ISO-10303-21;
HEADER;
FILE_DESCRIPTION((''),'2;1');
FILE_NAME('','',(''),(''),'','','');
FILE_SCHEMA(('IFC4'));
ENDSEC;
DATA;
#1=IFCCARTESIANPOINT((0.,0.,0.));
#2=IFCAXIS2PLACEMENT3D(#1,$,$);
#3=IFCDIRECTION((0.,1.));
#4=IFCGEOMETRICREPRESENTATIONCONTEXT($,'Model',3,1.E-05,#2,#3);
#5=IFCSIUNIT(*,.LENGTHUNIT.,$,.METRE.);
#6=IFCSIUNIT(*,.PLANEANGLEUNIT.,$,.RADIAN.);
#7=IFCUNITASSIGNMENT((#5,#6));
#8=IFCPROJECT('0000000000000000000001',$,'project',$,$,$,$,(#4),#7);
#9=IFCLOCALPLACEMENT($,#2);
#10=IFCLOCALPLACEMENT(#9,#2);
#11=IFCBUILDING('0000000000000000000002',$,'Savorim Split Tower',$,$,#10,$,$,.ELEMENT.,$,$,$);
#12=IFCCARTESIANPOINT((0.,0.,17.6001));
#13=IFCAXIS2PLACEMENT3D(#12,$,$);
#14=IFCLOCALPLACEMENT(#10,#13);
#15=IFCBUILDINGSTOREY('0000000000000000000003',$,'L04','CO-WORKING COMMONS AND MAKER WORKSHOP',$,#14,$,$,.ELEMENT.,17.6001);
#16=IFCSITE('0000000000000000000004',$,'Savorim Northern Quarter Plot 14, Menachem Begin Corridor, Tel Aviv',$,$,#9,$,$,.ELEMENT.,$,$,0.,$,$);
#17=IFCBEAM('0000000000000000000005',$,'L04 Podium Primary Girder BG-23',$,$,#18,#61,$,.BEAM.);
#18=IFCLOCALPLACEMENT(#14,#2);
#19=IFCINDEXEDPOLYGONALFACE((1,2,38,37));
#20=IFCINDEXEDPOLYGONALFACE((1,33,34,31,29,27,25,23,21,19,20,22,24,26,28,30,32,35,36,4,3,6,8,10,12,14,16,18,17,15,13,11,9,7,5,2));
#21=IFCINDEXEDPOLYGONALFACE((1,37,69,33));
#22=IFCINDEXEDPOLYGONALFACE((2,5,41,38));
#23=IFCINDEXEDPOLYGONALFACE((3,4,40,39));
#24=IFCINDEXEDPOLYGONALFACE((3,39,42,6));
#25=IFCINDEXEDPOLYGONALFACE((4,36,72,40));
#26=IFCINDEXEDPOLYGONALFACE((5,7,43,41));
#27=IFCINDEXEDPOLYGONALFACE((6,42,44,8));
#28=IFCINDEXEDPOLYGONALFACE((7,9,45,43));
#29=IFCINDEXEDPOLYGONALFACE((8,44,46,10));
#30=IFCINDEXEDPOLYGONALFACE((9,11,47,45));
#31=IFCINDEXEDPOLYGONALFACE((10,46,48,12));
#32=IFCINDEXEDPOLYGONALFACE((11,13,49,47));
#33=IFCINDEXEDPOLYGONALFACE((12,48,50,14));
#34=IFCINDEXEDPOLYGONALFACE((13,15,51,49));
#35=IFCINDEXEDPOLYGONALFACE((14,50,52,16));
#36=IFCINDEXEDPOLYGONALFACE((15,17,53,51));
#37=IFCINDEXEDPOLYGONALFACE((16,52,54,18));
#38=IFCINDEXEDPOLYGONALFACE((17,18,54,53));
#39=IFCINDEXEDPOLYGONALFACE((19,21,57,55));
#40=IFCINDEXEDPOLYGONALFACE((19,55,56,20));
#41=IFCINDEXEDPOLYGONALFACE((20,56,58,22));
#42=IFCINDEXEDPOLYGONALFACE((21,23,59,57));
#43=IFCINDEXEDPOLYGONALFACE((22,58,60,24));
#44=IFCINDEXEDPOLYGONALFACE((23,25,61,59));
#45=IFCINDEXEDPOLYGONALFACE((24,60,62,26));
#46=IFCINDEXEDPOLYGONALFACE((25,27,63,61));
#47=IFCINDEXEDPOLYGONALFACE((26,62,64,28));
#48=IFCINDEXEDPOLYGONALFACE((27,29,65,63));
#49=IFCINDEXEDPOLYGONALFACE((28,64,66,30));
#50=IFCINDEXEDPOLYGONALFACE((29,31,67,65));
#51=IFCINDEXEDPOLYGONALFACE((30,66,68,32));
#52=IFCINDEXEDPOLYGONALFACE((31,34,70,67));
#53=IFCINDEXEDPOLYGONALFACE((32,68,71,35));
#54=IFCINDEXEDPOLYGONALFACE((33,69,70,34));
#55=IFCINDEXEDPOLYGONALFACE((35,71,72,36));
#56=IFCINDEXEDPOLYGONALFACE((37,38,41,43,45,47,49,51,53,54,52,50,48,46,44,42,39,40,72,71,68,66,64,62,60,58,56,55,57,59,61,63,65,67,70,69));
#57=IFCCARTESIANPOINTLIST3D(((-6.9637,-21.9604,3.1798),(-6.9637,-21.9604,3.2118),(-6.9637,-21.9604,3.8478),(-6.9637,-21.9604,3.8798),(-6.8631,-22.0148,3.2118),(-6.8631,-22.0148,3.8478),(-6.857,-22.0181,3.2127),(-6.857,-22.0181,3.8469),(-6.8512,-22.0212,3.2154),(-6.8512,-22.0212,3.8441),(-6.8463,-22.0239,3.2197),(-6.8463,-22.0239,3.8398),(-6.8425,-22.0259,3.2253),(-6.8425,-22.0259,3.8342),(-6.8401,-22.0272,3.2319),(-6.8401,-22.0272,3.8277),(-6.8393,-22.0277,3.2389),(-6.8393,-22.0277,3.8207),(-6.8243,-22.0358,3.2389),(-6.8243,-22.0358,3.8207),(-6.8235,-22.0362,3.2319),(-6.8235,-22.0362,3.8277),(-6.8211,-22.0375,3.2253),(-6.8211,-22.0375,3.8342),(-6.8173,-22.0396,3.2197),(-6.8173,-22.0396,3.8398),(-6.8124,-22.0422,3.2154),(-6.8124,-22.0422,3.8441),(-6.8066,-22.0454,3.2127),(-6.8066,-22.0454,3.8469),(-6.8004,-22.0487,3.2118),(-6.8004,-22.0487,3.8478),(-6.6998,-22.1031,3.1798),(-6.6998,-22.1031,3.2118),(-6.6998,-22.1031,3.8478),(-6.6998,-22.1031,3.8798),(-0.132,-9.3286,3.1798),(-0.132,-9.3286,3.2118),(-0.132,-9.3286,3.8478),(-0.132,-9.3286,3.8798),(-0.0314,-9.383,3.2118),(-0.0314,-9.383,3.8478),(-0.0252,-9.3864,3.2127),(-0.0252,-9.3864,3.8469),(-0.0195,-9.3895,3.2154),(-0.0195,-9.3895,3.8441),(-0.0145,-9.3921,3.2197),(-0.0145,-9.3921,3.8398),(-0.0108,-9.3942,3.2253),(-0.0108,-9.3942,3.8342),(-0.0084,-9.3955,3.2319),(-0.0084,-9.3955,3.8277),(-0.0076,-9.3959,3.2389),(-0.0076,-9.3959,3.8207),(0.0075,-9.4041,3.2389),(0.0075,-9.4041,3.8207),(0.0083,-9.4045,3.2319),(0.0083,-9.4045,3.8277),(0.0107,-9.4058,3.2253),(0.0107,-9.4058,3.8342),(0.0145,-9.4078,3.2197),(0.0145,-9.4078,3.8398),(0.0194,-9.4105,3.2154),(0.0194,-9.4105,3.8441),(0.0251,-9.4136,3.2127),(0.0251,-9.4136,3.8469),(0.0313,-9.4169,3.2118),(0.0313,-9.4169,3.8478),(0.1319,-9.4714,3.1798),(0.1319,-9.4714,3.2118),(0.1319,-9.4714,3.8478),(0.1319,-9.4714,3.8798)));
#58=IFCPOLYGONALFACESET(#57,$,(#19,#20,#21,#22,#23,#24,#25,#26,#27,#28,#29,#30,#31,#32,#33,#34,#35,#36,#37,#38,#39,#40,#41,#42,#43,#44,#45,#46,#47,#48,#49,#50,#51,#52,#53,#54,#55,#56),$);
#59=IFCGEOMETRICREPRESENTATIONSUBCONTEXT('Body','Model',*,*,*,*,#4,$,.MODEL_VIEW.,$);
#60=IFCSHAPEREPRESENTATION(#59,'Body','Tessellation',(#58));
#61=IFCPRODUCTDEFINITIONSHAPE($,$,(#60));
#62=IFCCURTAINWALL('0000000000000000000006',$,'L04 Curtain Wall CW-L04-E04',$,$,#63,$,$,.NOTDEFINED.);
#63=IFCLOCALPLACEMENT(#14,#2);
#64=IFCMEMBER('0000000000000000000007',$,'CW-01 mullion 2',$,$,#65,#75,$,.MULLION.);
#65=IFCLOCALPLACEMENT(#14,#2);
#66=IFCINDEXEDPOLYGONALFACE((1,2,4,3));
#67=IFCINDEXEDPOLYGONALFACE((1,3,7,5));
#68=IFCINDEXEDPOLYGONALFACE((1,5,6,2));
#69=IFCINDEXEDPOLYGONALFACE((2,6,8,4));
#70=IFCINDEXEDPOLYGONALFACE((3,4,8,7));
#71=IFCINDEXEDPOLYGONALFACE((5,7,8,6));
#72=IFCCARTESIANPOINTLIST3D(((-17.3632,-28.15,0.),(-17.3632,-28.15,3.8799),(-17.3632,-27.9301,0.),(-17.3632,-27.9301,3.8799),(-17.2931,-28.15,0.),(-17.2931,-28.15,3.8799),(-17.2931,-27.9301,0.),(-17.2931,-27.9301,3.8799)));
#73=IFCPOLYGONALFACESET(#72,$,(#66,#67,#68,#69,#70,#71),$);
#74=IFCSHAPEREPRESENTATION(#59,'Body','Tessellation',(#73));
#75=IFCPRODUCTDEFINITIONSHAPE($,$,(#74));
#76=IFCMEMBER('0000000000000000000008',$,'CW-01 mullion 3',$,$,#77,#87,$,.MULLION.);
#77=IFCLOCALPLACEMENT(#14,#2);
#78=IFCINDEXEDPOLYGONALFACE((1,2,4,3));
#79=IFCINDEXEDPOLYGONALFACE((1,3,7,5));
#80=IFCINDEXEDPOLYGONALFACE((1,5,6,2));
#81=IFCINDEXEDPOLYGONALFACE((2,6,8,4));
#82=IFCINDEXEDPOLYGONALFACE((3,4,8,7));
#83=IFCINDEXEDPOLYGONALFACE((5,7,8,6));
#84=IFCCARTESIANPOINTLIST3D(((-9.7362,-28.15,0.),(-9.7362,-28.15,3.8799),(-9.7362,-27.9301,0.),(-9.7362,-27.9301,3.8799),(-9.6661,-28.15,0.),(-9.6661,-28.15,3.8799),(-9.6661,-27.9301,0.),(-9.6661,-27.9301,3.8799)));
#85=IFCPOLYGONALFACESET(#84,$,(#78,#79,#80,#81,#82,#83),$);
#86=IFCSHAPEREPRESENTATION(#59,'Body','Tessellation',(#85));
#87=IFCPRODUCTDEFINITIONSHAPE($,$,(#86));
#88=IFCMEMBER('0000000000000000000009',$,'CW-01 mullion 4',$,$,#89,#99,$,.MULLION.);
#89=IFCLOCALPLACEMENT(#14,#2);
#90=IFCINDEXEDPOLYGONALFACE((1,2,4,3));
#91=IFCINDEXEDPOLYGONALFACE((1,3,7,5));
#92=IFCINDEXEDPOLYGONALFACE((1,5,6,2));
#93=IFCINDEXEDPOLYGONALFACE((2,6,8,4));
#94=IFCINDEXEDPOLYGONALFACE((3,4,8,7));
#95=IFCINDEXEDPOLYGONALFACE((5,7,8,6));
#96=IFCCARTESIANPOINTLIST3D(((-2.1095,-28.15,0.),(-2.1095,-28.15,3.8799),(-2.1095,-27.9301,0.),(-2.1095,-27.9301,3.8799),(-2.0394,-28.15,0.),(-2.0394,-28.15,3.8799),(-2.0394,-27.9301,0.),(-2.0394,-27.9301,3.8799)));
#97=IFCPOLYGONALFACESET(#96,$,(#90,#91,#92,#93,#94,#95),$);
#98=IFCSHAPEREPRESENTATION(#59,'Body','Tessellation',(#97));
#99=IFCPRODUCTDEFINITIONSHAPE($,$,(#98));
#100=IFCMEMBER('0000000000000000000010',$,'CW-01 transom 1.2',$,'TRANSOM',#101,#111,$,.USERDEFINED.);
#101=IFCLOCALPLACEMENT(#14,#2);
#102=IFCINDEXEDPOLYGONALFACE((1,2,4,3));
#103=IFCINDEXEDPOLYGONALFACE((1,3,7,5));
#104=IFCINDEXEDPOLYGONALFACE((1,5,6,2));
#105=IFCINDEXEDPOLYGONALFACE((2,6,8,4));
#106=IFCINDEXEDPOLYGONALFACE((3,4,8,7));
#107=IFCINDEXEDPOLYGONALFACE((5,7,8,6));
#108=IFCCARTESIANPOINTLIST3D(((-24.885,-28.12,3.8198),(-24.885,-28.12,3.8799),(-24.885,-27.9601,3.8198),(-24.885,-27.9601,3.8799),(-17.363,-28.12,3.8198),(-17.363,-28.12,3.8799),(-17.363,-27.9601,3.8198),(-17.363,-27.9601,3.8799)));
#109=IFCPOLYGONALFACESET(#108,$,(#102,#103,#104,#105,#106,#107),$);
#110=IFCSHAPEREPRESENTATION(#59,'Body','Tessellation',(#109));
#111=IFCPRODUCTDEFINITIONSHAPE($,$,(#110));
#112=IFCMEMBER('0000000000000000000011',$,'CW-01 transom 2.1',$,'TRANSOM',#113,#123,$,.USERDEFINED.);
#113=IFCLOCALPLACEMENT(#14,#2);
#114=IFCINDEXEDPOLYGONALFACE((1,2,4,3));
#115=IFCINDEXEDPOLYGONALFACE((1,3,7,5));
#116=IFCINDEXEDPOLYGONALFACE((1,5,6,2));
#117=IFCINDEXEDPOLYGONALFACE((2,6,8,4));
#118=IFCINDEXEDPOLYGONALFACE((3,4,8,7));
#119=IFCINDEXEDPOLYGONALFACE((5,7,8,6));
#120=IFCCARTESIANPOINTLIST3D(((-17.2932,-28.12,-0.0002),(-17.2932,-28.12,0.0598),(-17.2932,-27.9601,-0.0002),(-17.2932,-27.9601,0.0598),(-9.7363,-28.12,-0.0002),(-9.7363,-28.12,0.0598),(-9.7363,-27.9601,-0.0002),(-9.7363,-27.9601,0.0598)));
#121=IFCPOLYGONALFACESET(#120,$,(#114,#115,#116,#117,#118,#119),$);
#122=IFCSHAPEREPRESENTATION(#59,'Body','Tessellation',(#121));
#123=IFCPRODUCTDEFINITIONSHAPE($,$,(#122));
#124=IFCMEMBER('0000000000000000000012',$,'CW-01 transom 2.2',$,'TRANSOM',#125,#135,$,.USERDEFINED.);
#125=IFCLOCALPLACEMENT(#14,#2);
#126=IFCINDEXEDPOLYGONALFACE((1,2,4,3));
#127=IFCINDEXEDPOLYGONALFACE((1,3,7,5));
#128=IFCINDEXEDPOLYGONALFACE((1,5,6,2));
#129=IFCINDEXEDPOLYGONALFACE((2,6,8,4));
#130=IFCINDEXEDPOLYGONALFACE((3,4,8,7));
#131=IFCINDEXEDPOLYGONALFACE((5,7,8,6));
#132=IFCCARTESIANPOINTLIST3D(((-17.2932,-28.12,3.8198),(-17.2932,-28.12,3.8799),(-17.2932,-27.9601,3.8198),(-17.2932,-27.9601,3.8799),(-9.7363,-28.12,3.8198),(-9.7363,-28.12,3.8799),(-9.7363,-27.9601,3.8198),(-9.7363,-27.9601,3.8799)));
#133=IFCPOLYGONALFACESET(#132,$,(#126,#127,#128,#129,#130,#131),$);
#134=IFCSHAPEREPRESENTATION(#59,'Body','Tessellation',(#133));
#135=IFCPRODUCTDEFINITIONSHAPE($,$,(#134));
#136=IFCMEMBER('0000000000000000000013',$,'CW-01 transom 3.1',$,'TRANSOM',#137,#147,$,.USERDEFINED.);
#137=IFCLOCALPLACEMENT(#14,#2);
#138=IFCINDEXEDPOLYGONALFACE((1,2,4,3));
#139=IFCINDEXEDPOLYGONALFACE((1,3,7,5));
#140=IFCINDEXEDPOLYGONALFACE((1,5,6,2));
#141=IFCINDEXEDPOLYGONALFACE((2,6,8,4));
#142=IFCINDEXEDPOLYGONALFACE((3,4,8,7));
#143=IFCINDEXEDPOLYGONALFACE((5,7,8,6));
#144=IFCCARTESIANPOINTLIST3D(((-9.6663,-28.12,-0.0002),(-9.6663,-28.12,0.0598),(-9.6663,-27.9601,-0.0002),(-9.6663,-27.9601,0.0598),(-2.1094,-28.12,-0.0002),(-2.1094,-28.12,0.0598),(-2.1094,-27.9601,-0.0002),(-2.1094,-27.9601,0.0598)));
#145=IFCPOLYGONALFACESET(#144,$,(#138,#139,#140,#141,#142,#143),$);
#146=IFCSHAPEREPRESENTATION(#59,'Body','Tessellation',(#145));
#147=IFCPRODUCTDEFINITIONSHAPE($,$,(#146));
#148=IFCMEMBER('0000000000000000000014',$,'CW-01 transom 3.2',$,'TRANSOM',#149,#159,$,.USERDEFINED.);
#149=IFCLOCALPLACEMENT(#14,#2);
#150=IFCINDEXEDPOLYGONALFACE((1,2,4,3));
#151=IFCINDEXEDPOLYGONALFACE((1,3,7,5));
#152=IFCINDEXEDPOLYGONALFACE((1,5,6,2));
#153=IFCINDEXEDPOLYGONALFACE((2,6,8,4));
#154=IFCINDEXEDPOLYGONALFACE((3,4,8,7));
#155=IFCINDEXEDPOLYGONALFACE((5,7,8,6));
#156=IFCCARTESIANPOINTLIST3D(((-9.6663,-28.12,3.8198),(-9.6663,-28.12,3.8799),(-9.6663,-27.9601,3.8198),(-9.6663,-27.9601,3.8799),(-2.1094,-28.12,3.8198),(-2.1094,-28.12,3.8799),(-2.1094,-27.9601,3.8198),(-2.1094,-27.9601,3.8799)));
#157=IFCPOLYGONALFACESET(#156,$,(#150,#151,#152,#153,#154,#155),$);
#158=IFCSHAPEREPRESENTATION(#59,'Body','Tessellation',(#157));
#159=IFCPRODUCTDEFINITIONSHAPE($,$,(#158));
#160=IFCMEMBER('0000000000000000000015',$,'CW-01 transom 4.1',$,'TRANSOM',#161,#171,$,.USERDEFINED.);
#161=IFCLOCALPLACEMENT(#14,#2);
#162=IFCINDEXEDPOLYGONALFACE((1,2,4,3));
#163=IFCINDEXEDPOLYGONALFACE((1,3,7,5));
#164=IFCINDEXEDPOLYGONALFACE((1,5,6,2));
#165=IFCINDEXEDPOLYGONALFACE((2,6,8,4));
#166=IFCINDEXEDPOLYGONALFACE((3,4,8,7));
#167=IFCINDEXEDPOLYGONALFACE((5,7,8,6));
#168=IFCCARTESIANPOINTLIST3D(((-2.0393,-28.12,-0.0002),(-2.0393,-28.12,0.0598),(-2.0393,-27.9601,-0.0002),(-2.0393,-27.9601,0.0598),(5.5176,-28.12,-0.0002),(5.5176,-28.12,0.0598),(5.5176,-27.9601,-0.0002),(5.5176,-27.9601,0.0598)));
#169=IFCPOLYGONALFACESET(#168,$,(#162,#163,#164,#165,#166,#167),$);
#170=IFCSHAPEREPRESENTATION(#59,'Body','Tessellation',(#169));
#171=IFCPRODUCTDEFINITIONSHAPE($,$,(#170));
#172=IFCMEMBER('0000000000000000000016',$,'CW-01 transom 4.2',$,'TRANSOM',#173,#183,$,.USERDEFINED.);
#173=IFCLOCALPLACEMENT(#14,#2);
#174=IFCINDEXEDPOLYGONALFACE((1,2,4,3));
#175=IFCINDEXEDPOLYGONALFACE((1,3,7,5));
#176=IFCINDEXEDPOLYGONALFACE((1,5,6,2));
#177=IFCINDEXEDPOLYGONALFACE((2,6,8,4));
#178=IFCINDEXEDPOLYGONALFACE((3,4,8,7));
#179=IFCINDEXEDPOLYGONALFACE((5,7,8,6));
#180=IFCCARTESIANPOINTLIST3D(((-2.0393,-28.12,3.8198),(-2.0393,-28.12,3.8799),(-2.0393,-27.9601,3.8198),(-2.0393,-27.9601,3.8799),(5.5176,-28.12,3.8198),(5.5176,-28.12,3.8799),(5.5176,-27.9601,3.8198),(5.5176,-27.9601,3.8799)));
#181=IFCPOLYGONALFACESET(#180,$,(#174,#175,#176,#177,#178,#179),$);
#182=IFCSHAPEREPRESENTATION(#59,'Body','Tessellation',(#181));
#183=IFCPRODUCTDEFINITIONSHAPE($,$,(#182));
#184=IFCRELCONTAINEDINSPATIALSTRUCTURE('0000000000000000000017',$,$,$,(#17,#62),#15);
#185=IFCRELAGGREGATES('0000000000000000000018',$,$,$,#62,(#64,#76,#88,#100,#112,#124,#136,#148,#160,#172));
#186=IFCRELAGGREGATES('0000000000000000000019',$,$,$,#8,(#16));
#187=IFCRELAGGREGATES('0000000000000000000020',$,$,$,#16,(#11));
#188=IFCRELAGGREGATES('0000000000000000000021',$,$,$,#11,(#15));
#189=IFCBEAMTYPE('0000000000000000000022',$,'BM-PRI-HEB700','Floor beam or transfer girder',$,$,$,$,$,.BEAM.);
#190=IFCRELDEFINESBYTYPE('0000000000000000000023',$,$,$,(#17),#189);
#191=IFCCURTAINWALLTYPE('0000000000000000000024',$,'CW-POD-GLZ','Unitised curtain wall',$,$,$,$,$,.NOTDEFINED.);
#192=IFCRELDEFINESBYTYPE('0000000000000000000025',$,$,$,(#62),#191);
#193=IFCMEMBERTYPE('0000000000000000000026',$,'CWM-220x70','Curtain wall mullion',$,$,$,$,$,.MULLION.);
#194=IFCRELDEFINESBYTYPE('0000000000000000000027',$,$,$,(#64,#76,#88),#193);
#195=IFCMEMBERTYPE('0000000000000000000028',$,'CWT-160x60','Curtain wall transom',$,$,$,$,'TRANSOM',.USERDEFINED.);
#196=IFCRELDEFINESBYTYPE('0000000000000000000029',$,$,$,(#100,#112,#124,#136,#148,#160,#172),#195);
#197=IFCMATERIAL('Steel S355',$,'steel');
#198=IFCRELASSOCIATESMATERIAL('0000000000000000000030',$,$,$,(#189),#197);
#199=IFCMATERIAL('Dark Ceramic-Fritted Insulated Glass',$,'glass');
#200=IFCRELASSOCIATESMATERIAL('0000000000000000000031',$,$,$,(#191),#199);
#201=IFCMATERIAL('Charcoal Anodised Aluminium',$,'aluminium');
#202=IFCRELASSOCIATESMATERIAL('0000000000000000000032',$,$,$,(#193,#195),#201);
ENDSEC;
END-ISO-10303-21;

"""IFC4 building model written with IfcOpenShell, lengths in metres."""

from ifc_helpers import new_model, si_unit, direction, frame, origin, origin_2d, place, context, subcontext, project, spatial, rectangle, i_section, extrude, material, material_profile, profile_set, type_object, element, aggregate, save


model = new_model("IFC4")

# Units and contexts
model_context = context("Model", 3, precision=1e-05, world=origin(), true_north=direction((0.0, 1.0)))
body_context = subcontext(model_context, "Body", "Model", "MODEL_VIEW")
ifc_project = project(units=[si_unit("LENGTHUNIT", "METRE"), si_unit("PLANEANGLEUNIT", "RADIAN")], contexts=[model_context])

# Site, building, storey
site_placement = place(None, origin())
site = spatial("IfcSite", under=ifc_project, at=site_placement, Name="Savorim Northern Quarter Plot 14, Menachem Begin Corridor, Tel Aviv", CompositionType="ELEMENT", RefElevation=0.0)
building_placement = place(site_placement, origin())
building = spatial("IfcBuilding", under=site, at=building_placement, Name="Savorim Split Tower", CompositionType="ELEMENT")
storey_placement = place(building_placement, frame((0.0, 0.0, 17.6001)))
storey = spatial("IfcBuildingStorey", under=building, at=storey_placement, Name="L04", Description="CO-WORKING COMMONS AND MAKER WORKSHOP", CompositionType="ELEMENT", Elevation=17.6001)

# Beam
ifc_material_1 = material(Name="Steel S355", Category="steel")
ifc_material_profile_1 = material_profile(ifc_material_1, i_section(OverallWidth=0.3, OverallDepth=0.7, WebThickness=0.0171, FlangeThickness=0.032, FilletRadius=0.0271, at=origin_2d()), Name="HEB 700")
ifc_profile_set_1 = profile_set([ifc_material_profile_1], Name="Steel S355")
beam_type = type_object("IfcBeamType", Name="BM-PRI-HEB700", Description="Floor beam or transfer girder", PredefinedType="BEAM", material=ifc_profile_set_1)
beam_1_placement = place(storey_placement, frame((-6.8318, -22.0317, 3.5298), z_axis=(0.47572, 0.879597, 0.0), x_axis=(-0.879597, 0.47572, 0.0)))
element("IfcBeam", 1, at=beam_1_placement, inside=storey, type_object=beam_type, Name="L04 Podium Primary Girder BG-23", PredefinedType="BEAM", context=body_context, shape_type="SweptSolid", body=[
    extrude(i_section(OverallWidth=0.3, OverallDepth=0.7, WebThickness=0.0171, FlangeThickness=0.032, FilletRadius=0.0271, at=origin_2d()), origin(), (0.0, 0.0, 1.0), 14.3608),
])

# Curtain wall, members
ifc_material_2 = material(Name="Dark Ceramic-Fritted Insulated Glass", Category="glass")
curtain_wall_type = type_object("IfcCurtainWallType", Name="CW-POD-GLZ", Description="Unitised curtain wall", PredefinedType="NOTDEFINED", material=ifc_material_2)
curtain_wall_placement = place(storey_placement, origin())
curtain_wall = element("IfcCurtainWall", 2, at=curtain_wall_placement, inside=storey, type_object=curtain_wall_type, Name="L04 Curtain Wall CW-L04-E04", PredefinedType="NOTDEFINED")
ifc_material_3 = material(Name="Charcoal Anodised Aluminium", Category="aluminium")
ifc_material_profile_2 = material_profile(ifc_material_3, rectangle(XDim=0.22, YDim=0.0701, at=origin_2d()), Name="ALU-M 220x70")
ifc_profile_set_2 = profile_set([ifc_material_profile_2], Name="Charcoal Anodised Aluminium")
member_type_1 = type_object("IfcMemberType", Name="CWM-220x70", Description="Curtain wall mullion", PredefinedType="MULLION", material=ifc_profile_set_2)
member_1_placement = place(storey_placement, frame((-17.3281, -28.04, 0.0), z_axis=(0.0, 0.0, 1.0), x_axis=(0.0, 1.0, 0.0)))
member_1 = element("IfcMember", 3, at=member_1_placement, type_object=member_type_1, Name="CW-01 mullion 2", PredefinedType="MULLION", context=body_context, shape_type="SweptSolid", body=[
    extrude(rectangle(XDim=0.22, YDim=0.0701, at=origin_2d()), origin(), (0.0, 0.0, 1.0), 3.8799),
])
member_2_placement = place(storey_placement, frame((-9.7012, -28.04, 0.0), z_axis=(0.0, 0.0, 1.0), x_axis=(0.0, 1.0, 0.0)))
member_2 = element("IfcMember", 4, at=member_2_placement, type_object=member_type_1, Name="CW-01 mullion 3", PredefinedType="MULLION", context=body_context, shape_type="SweptSolid", body=[
    extrude(rectangle(XDim=0.22, YDim=0.0701, at=origin_2d()), origin(), (0.0, 0.0, 1.0), 3.8799),
])
member_3_placement = place(storey_placement, frame((-2.0745, -28.04, 0.0), z_axis=(0.0, 0.0, 1.0), x_axis=(0.0, 1.0, 0.0)))
member_3 = element("IfcMember", 5, at=member_3_placement, type_object=member_type_1, Name="CW-01 mullion 4", PredefinedType="MULLION", context=body_context, shape_type="SweptSolid", body=[
    extrude(rectangle(XDim=0.22, YDim=0.0701, at=origin_2d()), origin(), (0.0, 0.0, 1.0), 3.8799),
])
ifc_material_profile_3 = material_profile(ifc_material_3, rectangle(XDim=0.1599, YDim=0.0601, at=origin_2d()), Name="ALU-T 160x60")
ifc_profile_set_3 = profile_set([ifc_material_profile_3], Name="Charcoal Anodised Aluminium")
member_type_2 = type_object("IfcMemberType", Name="CWT-160x60", Description="Curtain wall transom", ElementType="TRANSOM", PredefinedType="USERDEFINED", material=ifc_profile_set_3)
member_4_placement = place(storey_placement, frame((-24.885, -28.04, 3.8499), z_axis=(1.0, 0.0, 0.0), x_axis=(0.0, 1.0, 0.0)))
member_4 = element("IfcMember", 6, at=member_4_placement, type_object=member_type_2, Name="CW-01 transom 1.2", ObjectType="TRANSOM", PredefinedType="USERDEFINED", context=body_context, shape_type="SweptSolid", body=[
    extrude(rectangle(XDim=0.1599, YDim=0.0601, at=origin_2d()), origin(), (0.0, 0.0, 1.0), 7.522),
])
member_5_placement = place(storey_placement, frame((-17.2932, -28.04, 0.0298), z_axis=(1.0, 0.0, 0.0), x_axis=(0.0, 1.0, 0.0)))
member_5 = element("IfcMember", 7, at=member_5_placement, type_object=member_type_2, Name="CW-01 transom 2.1", ObjectType="TRANSOM", PredefinedType="USERDEFINED", context=body_context, shape_type="SweptSolid", body=[
    extrude(rectangle(XDim=0.1599, YDim=0.0601, at=origin_2d()), origin(), (0.0, 0.0, 1.0), 7.5569),
])
member_6_placement = place(storey_placement, frame((-17.2932, -28.04, 3.8499), z_axis=(1.0, 0.0, 0.0), x_axis=(0.0, 1.0, 0.0)))
member_6 = element("IfcMember", 8, at=member_6_placement, type_object=member_type_2, Name="CW-01 transom 2.2", ObjectType="TRANSOM", PredefinedType="USERDEFINED", context=body_context, shape_type="SweptSolid", body=[
    extrude(rectangle(XDim=0.1599, YDim=0.0601, at=origin_2d()), origin(), (0.0, 0.0, 1.0), 7.5569),
])
member_7_placement = place(storey_placement, frame((-9.6663, -28.04, 0.0298), z_axis=(1.0, 0.0, 0.0), x_axis=(0.0, 1.0, 0.0)))
member_7 = element("IfcMember", 9, at=member_7_placement, type_object=member_type_2, Name="CW-01 transom 3.1", ObjectType="TRANSOM", PredefinedType="USERDEFINED", context=body_context, shape_type="SweptSolid", body=[
    extrude(rectangle(XDim=0.1599, YDim=0.0601, at=origin_2d()), origin(), (0.0, 0.0, 1.0), 7.5569),
])
member_8_placement = place(storey_placement, frame((-9.6663, -28.04, 3.8499), z_axis=(1.0, 0.0, 0.0), x_axis=(0.0, 1.0, 0.0)))
member_8 = element("IfcMember", 10, at=member_8_placement, type_object=member_type_2, Name="CW-01 transom 3.2", ObjectType="TRANSOM", PredefinedType="USERDEFINED", context=body_context, shape_type="SweptSolid", body=[
    extrude(rectangle(XDim=0.1599, YDim=0.0601, at=origin_2d()), origin(), (0.0, 0.0, 1.0), 7.5569),
])
member_9_placement = place(storey_placement, frame((-2.0393, -28.04, 0.0298), z_axis=(1.0, 0.0, 0.0), x_axis=(0.0, 1.0, 0.0)))
member_9 = element("IfcMember", 11, at=member_9_placement, type_object=member_type_2, Name="CW-01 transom 4.1", ObjectType="TRANSOM", PredefinedType="USERDEFINED", context=body_context, shape_type="SweptSolid", body=[
    extrude(rectangle(XDim=0.1599, YDim=0.0601, at=origin_2d()), origin(), (0.0, 0.0, 1.0), 7.5569),
])
member_10_placement = place(storey_placement, frame((-2.0393, -28.04, 3.8499), z_axis=(1.0, 0.0, 0.0), x_axis=(0.0, 1.0, 0.0)))
member_10 = element("IfcMember", 12, at=member_10_placement, type_object=member_type_2, Name="CW-01 transom 4.2", ObjectType="TRANSOM", PredefinedType="USERDEFINED", context=body_context, shape_type="SweptSolid", body=[
    extrude(rectangle(XDim=0.1599, YDim=0.0601, at=origin_2d()), origin(), (0.0, 0.0, 1.0), 7.5569),
])
aggregate(curtain_wall, [member_1, member_2, member_3, member_4, member_5, member_6, member_7, member_8, member_9, member_10])

save(model, "model.ifc")
